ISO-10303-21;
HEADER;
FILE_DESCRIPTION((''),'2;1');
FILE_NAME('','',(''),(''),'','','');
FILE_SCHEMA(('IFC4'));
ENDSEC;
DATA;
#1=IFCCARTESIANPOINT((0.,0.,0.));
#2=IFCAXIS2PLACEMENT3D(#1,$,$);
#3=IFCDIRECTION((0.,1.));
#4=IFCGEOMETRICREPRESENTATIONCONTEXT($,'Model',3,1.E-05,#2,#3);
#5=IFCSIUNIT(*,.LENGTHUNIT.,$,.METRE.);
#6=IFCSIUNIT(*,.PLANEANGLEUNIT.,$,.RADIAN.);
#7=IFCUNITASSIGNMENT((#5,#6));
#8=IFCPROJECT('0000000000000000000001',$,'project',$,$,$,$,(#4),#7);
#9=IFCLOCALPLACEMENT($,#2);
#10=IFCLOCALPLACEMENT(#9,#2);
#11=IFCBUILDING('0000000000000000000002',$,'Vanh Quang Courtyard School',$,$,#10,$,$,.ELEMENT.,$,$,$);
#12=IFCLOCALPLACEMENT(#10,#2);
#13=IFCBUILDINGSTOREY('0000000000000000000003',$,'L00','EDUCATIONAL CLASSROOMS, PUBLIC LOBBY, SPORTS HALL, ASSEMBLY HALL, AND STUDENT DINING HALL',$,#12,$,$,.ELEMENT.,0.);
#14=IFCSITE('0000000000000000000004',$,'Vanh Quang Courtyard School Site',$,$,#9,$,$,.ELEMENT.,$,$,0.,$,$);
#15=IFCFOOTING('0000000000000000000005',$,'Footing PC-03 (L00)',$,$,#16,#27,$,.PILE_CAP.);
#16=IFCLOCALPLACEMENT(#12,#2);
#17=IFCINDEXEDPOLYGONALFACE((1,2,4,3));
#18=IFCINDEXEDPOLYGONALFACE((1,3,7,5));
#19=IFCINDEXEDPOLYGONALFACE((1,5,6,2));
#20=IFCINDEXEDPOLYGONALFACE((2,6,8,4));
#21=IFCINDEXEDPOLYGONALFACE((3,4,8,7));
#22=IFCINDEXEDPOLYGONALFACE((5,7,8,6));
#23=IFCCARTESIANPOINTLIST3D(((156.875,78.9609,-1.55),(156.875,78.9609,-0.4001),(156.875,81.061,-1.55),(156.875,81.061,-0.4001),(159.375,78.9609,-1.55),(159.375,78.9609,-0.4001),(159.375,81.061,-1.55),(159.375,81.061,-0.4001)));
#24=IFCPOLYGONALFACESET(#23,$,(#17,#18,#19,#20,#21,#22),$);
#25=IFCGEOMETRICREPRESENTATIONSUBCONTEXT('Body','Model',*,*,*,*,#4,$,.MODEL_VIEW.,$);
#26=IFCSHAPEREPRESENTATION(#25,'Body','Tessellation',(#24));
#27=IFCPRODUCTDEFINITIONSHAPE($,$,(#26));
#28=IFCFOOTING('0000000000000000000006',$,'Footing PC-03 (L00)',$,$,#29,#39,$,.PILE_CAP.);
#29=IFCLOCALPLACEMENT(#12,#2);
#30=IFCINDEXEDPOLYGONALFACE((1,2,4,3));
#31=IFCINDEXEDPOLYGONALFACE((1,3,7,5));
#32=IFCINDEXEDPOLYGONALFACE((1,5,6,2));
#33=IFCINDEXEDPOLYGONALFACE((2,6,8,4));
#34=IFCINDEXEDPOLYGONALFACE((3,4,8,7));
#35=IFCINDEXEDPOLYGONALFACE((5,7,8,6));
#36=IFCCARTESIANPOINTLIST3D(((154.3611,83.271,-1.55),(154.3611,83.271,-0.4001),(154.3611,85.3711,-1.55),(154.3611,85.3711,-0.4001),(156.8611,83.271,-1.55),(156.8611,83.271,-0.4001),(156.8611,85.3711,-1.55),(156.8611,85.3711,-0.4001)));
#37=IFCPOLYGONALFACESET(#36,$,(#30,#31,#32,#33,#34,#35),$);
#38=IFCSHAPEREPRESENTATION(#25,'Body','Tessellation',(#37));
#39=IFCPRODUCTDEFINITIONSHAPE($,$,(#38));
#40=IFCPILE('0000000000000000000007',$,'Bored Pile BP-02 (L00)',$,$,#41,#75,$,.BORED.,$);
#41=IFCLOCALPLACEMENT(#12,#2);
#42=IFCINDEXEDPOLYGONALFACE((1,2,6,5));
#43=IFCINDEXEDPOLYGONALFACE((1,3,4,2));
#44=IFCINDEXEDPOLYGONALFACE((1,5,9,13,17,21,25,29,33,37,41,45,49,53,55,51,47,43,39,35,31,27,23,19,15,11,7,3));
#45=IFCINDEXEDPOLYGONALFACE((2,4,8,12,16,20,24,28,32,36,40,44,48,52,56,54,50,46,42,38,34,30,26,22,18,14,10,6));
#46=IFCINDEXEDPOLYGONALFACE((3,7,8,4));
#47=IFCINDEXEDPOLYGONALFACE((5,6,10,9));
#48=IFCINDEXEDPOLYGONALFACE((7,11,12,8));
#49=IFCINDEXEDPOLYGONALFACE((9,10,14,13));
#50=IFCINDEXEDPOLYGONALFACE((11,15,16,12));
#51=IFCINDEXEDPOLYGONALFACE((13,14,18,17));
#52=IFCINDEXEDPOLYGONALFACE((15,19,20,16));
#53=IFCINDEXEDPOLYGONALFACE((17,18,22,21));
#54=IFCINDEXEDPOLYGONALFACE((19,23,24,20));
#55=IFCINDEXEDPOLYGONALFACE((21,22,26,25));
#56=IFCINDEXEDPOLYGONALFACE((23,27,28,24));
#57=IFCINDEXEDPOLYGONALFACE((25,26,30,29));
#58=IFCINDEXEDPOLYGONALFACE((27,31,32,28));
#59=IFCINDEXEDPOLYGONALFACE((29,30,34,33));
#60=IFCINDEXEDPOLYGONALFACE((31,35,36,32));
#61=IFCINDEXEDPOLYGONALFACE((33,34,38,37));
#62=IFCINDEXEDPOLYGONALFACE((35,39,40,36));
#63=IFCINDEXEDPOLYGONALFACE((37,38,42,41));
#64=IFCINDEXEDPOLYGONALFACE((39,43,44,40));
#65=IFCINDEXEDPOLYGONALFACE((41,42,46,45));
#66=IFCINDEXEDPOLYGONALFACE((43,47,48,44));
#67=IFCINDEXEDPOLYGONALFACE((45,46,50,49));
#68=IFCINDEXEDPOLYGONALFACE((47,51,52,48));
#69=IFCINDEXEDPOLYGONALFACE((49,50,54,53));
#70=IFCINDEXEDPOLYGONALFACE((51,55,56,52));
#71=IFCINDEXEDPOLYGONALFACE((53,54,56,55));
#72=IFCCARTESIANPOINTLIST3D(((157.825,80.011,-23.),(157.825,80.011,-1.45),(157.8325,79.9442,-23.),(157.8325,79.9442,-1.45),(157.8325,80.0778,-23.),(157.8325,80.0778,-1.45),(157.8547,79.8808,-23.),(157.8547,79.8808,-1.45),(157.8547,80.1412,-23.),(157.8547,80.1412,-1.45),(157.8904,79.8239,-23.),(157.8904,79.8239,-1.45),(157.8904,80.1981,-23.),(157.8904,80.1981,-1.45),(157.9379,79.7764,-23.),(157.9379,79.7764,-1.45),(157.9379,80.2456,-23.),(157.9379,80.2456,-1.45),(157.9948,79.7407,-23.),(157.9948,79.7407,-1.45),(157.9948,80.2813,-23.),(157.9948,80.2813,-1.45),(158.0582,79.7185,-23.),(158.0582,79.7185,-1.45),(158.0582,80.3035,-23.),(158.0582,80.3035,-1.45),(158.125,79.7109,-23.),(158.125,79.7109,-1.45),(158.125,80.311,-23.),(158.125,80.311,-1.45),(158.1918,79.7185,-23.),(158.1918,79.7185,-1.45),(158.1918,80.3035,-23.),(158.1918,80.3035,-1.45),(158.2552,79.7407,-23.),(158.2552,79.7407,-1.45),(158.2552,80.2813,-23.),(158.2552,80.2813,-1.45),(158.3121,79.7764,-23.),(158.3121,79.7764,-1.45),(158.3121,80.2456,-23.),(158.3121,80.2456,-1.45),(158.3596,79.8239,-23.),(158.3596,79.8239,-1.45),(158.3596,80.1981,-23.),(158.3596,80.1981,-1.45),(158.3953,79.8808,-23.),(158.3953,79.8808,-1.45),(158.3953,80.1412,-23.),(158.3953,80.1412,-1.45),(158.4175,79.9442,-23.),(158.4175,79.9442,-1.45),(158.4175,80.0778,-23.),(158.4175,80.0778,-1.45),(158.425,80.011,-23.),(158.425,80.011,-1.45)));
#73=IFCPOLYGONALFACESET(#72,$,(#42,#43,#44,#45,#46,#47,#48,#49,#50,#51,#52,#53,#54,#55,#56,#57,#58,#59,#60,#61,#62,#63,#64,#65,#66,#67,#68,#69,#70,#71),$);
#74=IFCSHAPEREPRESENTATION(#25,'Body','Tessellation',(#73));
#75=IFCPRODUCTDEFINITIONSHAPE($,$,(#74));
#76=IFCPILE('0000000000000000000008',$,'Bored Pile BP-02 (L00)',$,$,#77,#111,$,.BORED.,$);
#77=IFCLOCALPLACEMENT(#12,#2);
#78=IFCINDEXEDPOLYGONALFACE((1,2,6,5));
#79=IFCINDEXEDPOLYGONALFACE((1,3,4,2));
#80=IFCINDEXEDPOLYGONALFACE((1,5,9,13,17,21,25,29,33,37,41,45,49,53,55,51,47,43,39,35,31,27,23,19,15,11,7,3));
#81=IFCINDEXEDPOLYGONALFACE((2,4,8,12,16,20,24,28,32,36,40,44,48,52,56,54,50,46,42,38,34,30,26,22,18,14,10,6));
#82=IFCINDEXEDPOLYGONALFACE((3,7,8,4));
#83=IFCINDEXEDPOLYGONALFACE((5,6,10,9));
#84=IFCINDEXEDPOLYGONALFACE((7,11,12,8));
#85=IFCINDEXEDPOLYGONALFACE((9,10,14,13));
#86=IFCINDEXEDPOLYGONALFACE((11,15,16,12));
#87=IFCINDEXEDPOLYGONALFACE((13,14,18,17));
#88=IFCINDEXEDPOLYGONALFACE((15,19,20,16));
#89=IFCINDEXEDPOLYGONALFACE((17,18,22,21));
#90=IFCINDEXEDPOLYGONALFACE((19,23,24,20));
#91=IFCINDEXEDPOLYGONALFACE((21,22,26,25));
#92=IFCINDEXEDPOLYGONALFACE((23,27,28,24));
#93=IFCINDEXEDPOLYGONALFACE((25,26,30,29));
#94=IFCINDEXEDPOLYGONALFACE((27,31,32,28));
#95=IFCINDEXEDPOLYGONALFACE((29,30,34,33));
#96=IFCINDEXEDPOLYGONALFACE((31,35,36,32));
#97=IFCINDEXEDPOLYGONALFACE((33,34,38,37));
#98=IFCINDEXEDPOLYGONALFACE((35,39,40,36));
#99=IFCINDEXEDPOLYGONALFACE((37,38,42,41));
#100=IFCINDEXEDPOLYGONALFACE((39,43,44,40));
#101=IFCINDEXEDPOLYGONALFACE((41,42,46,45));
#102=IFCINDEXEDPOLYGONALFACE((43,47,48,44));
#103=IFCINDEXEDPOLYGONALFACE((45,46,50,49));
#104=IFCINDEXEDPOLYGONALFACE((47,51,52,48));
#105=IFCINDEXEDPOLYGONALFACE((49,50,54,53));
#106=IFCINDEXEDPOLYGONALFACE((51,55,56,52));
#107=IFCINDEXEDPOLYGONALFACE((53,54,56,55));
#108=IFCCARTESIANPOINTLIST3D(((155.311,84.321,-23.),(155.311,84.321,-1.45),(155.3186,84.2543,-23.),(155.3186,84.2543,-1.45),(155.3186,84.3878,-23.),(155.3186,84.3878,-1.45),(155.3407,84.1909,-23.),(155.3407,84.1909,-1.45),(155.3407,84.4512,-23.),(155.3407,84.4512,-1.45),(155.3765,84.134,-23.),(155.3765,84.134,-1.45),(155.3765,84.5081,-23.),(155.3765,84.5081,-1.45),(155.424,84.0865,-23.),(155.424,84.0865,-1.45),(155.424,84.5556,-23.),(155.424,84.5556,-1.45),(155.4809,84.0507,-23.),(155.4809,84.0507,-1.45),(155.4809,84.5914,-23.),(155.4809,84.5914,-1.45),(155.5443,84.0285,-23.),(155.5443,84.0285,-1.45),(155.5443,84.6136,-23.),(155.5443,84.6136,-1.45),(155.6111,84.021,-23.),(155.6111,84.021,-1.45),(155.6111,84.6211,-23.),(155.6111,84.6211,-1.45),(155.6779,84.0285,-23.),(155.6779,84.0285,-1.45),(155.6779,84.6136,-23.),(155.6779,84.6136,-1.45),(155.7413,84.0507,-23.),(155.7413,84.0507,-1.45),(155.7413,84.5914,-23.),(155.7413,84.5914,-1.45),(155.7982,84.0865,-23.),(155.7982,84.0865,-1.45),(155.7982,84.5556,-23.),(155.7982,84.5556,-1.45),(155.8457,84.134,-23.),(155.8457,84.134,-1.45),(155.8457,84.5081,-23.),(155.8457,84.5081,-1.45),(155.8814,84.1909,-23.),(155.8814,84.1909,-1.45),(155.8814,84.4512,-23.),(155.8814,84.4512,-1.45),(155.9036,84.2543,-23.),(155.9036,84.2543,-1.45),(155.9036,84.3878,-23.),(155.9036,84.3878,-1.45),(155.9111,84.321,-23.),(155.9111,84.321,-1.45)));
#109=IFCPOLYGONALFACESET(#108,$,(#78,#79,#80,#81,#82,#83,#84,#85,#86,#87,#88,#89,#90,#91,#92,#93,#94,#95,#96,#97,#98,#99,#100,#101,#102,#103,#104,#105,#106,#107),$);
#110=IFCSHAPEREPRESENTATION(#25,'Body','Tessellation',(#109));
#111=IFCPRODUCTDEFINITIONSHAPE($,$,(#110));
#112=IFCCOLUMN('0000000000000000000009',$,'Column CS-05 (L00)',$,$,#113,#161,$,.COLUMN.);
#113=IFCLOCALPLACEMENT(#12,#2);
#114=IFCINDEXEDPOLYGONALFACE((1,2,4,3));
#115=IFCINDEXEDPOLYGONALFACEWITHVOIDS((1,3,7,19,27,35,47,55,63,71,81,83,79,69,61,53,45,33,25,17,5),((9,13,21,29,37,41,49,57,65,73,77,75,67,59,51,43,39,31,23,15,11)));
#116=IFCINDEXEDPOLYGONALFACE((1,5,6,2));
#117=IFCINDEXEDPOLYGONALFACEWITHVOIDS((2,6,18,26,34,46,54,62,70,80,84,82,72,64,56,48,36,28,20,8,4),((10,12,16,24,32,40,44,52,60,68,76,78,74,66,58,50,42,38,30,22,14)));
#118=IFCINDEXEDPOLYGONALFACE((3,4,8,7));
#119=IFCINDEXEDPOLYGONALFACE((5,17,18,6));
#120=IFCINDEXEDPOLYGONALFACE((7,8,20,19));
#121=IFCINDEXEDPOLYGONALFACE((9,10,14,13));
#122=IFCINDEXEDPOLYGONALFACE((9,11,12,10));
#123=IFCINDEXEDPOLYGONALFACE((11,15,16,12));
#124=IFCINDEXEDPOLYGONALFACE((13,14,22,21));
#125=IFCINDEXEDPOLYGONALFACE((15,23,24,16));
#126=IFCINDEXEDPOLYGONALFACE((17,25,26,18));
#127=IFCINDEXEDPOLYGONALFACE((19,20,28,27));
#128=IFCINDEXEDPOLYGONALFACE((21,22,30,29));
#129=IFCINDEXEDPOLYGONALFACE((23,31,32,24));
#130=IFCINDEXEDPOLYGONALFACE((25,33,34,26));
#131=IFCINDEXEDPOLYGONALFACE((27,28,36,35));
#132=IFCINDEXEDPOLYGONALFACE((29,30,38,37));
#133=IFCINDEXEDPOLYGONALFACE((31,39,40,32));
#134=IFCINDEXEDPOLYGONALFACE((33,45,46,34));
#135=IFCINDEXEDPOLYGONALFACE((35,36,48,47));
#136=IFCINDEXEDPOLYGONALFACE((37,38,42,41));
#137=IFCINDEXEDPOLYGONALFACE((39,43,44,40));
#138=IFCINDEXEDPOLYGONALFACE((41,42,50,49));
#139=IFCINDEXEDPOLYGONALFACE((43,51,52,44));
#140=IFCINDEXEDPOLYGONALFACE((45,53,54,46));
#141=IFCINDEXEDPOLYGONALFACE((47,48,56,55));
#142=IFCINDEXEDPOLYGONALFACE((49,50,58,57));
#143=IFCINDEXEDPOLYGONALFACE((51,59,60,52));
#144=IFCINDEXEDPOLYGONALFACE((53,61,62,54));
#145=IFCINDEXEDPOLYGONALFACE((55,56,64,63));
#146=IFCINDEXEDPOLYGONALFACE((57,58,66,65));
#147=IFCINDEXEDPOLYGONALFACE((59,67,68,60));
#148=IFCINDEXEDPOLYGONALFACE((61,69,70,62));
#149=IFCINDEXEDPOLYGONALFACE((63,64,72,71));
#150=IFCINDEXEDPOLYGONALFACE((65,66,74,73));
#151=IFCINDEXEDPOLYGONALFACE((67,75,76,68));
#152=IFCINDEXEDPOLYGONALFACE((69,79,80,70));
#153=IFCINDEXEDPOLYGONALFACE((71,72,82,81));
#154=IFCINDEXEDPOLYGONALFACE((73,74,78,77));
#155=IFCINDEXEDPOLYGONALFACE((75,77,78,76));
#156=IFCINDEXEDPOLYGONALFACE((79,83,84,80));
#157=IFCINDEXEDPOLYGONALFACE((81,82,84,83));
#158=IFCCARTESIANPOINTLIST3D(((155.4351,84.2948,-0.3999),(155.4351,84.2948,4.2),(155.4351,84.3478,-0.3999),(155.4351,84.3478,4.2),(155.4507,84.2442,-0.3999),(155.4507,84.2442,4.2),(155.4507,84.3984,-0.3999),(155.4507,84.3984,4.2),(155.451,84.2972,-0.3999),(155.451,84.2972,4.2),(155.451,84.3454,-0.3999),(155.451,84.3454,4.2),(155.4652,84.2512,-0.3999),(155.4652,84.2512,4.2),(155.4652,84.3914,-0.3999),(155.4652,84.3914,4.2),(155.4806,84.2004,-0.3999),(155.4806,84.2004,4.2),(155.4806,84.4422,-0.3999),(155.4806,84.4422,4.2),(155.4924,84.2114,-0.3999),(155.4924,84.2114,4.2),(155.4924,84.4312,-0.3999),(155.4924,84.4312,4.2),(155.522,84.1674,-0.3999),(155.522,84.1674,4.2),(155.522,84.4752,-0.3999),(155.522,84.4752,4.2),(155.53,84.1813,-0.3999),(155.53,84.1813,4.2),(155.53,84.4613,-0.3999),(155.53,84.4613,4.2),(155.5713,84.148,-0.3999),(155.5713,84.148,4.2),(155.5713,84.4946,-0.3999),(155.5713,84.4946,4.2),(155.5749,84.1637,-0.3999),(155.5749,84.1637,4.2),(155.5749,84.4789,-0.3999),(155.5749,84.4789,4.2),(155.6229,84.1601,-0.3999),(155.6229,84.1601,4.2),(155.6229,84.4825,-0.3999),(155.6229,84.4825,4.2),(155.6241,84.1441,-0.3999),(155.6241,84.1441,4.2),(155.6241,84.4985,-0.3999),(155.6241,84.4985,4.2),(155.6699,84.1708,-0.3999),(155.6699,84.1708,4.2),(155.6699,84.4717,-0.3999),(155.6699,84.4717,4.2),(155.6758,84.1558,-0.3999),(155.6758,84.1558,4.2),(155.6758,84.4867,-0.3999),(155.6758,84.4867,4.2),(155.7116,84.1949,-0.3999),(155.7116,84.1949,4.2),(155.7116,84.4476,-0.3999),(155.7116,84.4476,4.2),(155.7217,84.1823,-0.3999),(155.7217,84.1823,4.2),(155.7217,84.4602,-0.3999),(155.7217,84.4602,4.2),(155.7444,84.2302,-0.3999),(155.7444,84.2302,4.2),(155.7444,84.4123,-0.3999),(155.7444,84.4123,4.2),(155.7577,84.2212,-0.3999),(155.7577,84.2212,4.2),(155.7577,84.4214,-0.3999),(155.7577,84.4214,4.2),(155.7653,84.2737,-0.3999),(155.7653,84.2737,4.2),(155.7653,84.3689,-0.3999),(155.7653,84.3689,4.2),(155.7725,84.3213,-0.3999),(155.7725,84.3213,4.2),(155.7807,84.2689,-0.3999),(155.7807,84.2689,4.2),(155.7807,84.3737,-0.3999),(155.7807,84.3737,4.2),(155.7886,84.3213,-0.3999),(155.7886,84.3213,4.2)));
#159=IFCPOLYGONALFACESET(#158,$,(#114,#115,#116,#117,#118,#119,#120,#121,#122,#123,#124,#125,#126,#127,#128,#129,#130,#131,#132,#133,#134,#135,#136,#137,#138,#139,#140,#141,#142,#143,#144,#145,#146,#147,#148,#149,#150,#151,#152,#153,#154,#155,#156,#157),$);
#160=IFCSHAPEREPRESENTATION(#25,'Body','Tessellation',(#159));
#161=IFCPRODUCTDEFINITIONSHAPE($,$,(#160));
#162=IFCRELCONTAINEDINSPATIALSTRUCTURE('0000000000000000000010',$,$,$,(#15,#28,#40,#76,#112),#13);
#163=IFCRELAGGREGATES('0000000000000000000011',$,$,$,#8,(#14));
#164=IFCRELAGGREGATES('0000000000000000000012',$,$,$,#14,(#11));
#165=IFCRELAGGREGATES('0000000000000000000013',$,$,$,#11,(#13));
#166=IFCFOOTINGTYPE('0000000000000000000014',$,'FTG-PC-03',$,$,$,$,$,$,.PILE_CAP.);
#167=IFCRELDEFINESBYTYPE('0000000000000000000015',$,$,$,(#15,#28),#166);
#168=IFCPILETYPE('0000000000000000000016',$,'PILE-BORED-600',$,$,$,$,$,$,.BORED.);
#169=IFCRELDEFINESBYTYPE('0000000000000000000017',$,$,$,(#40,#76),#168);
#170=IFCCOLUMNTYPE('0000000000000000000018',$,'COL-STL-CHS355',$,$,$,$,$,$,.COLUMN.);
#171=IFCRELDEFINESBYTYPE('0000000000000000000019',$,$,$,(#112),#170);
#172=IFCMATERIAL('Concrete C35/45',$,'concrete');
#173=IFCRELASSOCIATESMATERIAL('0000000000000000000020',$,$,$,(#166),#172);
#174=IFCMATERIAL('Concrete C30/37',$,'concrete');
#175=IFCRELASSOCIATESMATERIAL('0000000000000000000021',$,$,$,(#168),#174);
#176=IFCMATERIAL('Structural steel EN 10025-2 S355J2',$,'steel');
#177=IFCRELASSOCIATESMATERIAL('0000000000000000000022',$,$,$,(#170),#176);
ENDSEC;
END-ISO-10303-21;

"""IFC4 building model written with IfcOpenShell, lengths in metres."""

from ifc_helpers import new_model, si_unit, direction, frame, origin, origin_2d, place, context, subcontext, project, spatial, rectangle, circle, hollow_circle, extrude, material, material_profile, profile_set, type_object, element, save


model = new_model("IFC4")

# Units and contexts
model_context = context("Model", 3, precision=1e-05, world=origin(), true_north=direction((0.0, 1.0)))
body_context = subcontext(model_context, "Body", "Model", "MODEL_VIEW")
ifc_project = project(units=[si_unit("LENGTHUNIT", "METRE"), si_unit("PLANEANGLEUNIT", "RADIAN")], contexts=[model_context])

# Site, building, storey
site_placement = place(None, origin())
site = spatial("IfcSite", under=ifc_project, at=site_placement, Name="Vanh Quang Courtyard School Site", CompositionType="ELEMENT", RefElevation=0.0)
building_placement = place(site_placement, origin())
building = spatial("IfcBuilding", under=site, at=building_placement, Name="Vanh Quang Courtyard School", CompositionType="ELEMENT")
storey_placement = place(building_placement, origin())
storey = spatial("IfcBuildingStorey", under=building, at=storey_placement, Name="L00", Description="EDUCATIONAL CLASSROOMS, PUBLIC LOBBY, SPORTS HALL, ASSEMBLY HALL, AND STUDENT DINING HALL", CompositionType="ELEMENT", Elevation=0.0)

# Footings
ifc_material_1 = material(Name="Concrete C35/45", Category="concrete")
footing_type = type_object("IfcFootingType", Name="FTG-PC-03", PredefinedType="PILE_CAP", material=ifc_material_1)
for number, where, z_axis, x_axis, name in (
    (1, (158.125, 80.011, -1.55), (0.0, 0.0, 1.0), (1.0, 0.0, 0.0), "Footing PC-03 (L00)"),
    (2, (155.6111, 84.321, -1.55), (0.0, 0.0, 1.0), (1.0, 0.0, 0.0), "Footing PC-03 (L00)"),
):
    element("IfcFooting", number, at=place(storey_placement, frame(where, z_axis=z_axis, x_axis=x_axis)), inside=storey, type_object=footing_type, Name=name, PredefinedType="PILE_CAP", context=body_context, shape_type="SweptSolid", body=[
        extrude(rectangle(XDim=2.5, YDim=2.1001, at=origin_2d()), origin(), (0.0, 0.0, 1.0), 1.1499),
    ])

# Piles
ifc_material_2 = material(Name="Concrete C30/37", Category="concrete")
ifc_material_profile_1 = material_profile(ifc_material_2, circle(Radius=0.3, at=origin_2d()), Name="PILE D600")
ifc_profile_set_1 = profile_set([ifc_material_profile_1], Name="Concrete C30/37")
pile_type = type_object("IfcPileType", Name="PILE-BORED-600", PredefinedType="BORED", material=ifc_profile_set_1)
for number, where, z_axis, x_axis, name in (
    (3, (158.125, 80.011, -1.45), (0.0, 0.0, -1.0), (1.0, 0.0, 0.0), "Bored Pile BP-02 (L00)"),
    (4, (155.6111, 84.321, -1.45), (0.0, 0.0, -1.0), (1.0, 0.0, 0.0), "Bored Pile BP-02 (L00)"),
):
    element("IfcPile", number, at=place(storey_placement, frame(where, z_axis=z_axis, x_axis=x_axis)), inside=storey, type_object=pile_type, Name=name, PredefinedType="BORED", context=body_context, shape_type="SweptSolid", body=[
        extrude(circle(Radius=0.3, at=origin_2d()), origin(), (0.0, 0.0, 1.0), 21.55),
    ])

# Column
ifc_material_3 = material(Name="Structural steel EN 10025-2 S355J2", Category="steel")
ifc_material_profile_2 = material_profile(ifc_material_3, hollow_circle(Radius=0.1777, WallThickness=0.0161, at=origin_2d()), Name="CHS 355.6x16")
ifc_profile_set_2 = profile_set([ifc_material_profile_2], Name="Structural steel EN 10025-2 S355J2")
column_type_1 = type_object("IfcColumnType", Name="COL-STL-CHS355", PredefinedType="COLUMN", material=ifc_profile_set_2)
column_1_placement = place(storey_placement, frame((155.6108, 84.3213, -0.3999), z_axis=(0.0, 0.0, 1.0), x_axis=(1.0, 0.0, 0.0)))
element("IfcColumn", 5, at=column_1_placement, inside=storey, type_object=column_type_1, Name="Column CS-05 (L00)", PredefinedType="COLUMN", context=body_context, shape_type="SweptSolid", body=[
    extrude(hollow_circle(Radius=0.1777, WallThickness=0.0161, at=origin_2d()), origin(), (0.0, 0.0, 1.0), 4.5999),
])

save(model, "model.ifc")
